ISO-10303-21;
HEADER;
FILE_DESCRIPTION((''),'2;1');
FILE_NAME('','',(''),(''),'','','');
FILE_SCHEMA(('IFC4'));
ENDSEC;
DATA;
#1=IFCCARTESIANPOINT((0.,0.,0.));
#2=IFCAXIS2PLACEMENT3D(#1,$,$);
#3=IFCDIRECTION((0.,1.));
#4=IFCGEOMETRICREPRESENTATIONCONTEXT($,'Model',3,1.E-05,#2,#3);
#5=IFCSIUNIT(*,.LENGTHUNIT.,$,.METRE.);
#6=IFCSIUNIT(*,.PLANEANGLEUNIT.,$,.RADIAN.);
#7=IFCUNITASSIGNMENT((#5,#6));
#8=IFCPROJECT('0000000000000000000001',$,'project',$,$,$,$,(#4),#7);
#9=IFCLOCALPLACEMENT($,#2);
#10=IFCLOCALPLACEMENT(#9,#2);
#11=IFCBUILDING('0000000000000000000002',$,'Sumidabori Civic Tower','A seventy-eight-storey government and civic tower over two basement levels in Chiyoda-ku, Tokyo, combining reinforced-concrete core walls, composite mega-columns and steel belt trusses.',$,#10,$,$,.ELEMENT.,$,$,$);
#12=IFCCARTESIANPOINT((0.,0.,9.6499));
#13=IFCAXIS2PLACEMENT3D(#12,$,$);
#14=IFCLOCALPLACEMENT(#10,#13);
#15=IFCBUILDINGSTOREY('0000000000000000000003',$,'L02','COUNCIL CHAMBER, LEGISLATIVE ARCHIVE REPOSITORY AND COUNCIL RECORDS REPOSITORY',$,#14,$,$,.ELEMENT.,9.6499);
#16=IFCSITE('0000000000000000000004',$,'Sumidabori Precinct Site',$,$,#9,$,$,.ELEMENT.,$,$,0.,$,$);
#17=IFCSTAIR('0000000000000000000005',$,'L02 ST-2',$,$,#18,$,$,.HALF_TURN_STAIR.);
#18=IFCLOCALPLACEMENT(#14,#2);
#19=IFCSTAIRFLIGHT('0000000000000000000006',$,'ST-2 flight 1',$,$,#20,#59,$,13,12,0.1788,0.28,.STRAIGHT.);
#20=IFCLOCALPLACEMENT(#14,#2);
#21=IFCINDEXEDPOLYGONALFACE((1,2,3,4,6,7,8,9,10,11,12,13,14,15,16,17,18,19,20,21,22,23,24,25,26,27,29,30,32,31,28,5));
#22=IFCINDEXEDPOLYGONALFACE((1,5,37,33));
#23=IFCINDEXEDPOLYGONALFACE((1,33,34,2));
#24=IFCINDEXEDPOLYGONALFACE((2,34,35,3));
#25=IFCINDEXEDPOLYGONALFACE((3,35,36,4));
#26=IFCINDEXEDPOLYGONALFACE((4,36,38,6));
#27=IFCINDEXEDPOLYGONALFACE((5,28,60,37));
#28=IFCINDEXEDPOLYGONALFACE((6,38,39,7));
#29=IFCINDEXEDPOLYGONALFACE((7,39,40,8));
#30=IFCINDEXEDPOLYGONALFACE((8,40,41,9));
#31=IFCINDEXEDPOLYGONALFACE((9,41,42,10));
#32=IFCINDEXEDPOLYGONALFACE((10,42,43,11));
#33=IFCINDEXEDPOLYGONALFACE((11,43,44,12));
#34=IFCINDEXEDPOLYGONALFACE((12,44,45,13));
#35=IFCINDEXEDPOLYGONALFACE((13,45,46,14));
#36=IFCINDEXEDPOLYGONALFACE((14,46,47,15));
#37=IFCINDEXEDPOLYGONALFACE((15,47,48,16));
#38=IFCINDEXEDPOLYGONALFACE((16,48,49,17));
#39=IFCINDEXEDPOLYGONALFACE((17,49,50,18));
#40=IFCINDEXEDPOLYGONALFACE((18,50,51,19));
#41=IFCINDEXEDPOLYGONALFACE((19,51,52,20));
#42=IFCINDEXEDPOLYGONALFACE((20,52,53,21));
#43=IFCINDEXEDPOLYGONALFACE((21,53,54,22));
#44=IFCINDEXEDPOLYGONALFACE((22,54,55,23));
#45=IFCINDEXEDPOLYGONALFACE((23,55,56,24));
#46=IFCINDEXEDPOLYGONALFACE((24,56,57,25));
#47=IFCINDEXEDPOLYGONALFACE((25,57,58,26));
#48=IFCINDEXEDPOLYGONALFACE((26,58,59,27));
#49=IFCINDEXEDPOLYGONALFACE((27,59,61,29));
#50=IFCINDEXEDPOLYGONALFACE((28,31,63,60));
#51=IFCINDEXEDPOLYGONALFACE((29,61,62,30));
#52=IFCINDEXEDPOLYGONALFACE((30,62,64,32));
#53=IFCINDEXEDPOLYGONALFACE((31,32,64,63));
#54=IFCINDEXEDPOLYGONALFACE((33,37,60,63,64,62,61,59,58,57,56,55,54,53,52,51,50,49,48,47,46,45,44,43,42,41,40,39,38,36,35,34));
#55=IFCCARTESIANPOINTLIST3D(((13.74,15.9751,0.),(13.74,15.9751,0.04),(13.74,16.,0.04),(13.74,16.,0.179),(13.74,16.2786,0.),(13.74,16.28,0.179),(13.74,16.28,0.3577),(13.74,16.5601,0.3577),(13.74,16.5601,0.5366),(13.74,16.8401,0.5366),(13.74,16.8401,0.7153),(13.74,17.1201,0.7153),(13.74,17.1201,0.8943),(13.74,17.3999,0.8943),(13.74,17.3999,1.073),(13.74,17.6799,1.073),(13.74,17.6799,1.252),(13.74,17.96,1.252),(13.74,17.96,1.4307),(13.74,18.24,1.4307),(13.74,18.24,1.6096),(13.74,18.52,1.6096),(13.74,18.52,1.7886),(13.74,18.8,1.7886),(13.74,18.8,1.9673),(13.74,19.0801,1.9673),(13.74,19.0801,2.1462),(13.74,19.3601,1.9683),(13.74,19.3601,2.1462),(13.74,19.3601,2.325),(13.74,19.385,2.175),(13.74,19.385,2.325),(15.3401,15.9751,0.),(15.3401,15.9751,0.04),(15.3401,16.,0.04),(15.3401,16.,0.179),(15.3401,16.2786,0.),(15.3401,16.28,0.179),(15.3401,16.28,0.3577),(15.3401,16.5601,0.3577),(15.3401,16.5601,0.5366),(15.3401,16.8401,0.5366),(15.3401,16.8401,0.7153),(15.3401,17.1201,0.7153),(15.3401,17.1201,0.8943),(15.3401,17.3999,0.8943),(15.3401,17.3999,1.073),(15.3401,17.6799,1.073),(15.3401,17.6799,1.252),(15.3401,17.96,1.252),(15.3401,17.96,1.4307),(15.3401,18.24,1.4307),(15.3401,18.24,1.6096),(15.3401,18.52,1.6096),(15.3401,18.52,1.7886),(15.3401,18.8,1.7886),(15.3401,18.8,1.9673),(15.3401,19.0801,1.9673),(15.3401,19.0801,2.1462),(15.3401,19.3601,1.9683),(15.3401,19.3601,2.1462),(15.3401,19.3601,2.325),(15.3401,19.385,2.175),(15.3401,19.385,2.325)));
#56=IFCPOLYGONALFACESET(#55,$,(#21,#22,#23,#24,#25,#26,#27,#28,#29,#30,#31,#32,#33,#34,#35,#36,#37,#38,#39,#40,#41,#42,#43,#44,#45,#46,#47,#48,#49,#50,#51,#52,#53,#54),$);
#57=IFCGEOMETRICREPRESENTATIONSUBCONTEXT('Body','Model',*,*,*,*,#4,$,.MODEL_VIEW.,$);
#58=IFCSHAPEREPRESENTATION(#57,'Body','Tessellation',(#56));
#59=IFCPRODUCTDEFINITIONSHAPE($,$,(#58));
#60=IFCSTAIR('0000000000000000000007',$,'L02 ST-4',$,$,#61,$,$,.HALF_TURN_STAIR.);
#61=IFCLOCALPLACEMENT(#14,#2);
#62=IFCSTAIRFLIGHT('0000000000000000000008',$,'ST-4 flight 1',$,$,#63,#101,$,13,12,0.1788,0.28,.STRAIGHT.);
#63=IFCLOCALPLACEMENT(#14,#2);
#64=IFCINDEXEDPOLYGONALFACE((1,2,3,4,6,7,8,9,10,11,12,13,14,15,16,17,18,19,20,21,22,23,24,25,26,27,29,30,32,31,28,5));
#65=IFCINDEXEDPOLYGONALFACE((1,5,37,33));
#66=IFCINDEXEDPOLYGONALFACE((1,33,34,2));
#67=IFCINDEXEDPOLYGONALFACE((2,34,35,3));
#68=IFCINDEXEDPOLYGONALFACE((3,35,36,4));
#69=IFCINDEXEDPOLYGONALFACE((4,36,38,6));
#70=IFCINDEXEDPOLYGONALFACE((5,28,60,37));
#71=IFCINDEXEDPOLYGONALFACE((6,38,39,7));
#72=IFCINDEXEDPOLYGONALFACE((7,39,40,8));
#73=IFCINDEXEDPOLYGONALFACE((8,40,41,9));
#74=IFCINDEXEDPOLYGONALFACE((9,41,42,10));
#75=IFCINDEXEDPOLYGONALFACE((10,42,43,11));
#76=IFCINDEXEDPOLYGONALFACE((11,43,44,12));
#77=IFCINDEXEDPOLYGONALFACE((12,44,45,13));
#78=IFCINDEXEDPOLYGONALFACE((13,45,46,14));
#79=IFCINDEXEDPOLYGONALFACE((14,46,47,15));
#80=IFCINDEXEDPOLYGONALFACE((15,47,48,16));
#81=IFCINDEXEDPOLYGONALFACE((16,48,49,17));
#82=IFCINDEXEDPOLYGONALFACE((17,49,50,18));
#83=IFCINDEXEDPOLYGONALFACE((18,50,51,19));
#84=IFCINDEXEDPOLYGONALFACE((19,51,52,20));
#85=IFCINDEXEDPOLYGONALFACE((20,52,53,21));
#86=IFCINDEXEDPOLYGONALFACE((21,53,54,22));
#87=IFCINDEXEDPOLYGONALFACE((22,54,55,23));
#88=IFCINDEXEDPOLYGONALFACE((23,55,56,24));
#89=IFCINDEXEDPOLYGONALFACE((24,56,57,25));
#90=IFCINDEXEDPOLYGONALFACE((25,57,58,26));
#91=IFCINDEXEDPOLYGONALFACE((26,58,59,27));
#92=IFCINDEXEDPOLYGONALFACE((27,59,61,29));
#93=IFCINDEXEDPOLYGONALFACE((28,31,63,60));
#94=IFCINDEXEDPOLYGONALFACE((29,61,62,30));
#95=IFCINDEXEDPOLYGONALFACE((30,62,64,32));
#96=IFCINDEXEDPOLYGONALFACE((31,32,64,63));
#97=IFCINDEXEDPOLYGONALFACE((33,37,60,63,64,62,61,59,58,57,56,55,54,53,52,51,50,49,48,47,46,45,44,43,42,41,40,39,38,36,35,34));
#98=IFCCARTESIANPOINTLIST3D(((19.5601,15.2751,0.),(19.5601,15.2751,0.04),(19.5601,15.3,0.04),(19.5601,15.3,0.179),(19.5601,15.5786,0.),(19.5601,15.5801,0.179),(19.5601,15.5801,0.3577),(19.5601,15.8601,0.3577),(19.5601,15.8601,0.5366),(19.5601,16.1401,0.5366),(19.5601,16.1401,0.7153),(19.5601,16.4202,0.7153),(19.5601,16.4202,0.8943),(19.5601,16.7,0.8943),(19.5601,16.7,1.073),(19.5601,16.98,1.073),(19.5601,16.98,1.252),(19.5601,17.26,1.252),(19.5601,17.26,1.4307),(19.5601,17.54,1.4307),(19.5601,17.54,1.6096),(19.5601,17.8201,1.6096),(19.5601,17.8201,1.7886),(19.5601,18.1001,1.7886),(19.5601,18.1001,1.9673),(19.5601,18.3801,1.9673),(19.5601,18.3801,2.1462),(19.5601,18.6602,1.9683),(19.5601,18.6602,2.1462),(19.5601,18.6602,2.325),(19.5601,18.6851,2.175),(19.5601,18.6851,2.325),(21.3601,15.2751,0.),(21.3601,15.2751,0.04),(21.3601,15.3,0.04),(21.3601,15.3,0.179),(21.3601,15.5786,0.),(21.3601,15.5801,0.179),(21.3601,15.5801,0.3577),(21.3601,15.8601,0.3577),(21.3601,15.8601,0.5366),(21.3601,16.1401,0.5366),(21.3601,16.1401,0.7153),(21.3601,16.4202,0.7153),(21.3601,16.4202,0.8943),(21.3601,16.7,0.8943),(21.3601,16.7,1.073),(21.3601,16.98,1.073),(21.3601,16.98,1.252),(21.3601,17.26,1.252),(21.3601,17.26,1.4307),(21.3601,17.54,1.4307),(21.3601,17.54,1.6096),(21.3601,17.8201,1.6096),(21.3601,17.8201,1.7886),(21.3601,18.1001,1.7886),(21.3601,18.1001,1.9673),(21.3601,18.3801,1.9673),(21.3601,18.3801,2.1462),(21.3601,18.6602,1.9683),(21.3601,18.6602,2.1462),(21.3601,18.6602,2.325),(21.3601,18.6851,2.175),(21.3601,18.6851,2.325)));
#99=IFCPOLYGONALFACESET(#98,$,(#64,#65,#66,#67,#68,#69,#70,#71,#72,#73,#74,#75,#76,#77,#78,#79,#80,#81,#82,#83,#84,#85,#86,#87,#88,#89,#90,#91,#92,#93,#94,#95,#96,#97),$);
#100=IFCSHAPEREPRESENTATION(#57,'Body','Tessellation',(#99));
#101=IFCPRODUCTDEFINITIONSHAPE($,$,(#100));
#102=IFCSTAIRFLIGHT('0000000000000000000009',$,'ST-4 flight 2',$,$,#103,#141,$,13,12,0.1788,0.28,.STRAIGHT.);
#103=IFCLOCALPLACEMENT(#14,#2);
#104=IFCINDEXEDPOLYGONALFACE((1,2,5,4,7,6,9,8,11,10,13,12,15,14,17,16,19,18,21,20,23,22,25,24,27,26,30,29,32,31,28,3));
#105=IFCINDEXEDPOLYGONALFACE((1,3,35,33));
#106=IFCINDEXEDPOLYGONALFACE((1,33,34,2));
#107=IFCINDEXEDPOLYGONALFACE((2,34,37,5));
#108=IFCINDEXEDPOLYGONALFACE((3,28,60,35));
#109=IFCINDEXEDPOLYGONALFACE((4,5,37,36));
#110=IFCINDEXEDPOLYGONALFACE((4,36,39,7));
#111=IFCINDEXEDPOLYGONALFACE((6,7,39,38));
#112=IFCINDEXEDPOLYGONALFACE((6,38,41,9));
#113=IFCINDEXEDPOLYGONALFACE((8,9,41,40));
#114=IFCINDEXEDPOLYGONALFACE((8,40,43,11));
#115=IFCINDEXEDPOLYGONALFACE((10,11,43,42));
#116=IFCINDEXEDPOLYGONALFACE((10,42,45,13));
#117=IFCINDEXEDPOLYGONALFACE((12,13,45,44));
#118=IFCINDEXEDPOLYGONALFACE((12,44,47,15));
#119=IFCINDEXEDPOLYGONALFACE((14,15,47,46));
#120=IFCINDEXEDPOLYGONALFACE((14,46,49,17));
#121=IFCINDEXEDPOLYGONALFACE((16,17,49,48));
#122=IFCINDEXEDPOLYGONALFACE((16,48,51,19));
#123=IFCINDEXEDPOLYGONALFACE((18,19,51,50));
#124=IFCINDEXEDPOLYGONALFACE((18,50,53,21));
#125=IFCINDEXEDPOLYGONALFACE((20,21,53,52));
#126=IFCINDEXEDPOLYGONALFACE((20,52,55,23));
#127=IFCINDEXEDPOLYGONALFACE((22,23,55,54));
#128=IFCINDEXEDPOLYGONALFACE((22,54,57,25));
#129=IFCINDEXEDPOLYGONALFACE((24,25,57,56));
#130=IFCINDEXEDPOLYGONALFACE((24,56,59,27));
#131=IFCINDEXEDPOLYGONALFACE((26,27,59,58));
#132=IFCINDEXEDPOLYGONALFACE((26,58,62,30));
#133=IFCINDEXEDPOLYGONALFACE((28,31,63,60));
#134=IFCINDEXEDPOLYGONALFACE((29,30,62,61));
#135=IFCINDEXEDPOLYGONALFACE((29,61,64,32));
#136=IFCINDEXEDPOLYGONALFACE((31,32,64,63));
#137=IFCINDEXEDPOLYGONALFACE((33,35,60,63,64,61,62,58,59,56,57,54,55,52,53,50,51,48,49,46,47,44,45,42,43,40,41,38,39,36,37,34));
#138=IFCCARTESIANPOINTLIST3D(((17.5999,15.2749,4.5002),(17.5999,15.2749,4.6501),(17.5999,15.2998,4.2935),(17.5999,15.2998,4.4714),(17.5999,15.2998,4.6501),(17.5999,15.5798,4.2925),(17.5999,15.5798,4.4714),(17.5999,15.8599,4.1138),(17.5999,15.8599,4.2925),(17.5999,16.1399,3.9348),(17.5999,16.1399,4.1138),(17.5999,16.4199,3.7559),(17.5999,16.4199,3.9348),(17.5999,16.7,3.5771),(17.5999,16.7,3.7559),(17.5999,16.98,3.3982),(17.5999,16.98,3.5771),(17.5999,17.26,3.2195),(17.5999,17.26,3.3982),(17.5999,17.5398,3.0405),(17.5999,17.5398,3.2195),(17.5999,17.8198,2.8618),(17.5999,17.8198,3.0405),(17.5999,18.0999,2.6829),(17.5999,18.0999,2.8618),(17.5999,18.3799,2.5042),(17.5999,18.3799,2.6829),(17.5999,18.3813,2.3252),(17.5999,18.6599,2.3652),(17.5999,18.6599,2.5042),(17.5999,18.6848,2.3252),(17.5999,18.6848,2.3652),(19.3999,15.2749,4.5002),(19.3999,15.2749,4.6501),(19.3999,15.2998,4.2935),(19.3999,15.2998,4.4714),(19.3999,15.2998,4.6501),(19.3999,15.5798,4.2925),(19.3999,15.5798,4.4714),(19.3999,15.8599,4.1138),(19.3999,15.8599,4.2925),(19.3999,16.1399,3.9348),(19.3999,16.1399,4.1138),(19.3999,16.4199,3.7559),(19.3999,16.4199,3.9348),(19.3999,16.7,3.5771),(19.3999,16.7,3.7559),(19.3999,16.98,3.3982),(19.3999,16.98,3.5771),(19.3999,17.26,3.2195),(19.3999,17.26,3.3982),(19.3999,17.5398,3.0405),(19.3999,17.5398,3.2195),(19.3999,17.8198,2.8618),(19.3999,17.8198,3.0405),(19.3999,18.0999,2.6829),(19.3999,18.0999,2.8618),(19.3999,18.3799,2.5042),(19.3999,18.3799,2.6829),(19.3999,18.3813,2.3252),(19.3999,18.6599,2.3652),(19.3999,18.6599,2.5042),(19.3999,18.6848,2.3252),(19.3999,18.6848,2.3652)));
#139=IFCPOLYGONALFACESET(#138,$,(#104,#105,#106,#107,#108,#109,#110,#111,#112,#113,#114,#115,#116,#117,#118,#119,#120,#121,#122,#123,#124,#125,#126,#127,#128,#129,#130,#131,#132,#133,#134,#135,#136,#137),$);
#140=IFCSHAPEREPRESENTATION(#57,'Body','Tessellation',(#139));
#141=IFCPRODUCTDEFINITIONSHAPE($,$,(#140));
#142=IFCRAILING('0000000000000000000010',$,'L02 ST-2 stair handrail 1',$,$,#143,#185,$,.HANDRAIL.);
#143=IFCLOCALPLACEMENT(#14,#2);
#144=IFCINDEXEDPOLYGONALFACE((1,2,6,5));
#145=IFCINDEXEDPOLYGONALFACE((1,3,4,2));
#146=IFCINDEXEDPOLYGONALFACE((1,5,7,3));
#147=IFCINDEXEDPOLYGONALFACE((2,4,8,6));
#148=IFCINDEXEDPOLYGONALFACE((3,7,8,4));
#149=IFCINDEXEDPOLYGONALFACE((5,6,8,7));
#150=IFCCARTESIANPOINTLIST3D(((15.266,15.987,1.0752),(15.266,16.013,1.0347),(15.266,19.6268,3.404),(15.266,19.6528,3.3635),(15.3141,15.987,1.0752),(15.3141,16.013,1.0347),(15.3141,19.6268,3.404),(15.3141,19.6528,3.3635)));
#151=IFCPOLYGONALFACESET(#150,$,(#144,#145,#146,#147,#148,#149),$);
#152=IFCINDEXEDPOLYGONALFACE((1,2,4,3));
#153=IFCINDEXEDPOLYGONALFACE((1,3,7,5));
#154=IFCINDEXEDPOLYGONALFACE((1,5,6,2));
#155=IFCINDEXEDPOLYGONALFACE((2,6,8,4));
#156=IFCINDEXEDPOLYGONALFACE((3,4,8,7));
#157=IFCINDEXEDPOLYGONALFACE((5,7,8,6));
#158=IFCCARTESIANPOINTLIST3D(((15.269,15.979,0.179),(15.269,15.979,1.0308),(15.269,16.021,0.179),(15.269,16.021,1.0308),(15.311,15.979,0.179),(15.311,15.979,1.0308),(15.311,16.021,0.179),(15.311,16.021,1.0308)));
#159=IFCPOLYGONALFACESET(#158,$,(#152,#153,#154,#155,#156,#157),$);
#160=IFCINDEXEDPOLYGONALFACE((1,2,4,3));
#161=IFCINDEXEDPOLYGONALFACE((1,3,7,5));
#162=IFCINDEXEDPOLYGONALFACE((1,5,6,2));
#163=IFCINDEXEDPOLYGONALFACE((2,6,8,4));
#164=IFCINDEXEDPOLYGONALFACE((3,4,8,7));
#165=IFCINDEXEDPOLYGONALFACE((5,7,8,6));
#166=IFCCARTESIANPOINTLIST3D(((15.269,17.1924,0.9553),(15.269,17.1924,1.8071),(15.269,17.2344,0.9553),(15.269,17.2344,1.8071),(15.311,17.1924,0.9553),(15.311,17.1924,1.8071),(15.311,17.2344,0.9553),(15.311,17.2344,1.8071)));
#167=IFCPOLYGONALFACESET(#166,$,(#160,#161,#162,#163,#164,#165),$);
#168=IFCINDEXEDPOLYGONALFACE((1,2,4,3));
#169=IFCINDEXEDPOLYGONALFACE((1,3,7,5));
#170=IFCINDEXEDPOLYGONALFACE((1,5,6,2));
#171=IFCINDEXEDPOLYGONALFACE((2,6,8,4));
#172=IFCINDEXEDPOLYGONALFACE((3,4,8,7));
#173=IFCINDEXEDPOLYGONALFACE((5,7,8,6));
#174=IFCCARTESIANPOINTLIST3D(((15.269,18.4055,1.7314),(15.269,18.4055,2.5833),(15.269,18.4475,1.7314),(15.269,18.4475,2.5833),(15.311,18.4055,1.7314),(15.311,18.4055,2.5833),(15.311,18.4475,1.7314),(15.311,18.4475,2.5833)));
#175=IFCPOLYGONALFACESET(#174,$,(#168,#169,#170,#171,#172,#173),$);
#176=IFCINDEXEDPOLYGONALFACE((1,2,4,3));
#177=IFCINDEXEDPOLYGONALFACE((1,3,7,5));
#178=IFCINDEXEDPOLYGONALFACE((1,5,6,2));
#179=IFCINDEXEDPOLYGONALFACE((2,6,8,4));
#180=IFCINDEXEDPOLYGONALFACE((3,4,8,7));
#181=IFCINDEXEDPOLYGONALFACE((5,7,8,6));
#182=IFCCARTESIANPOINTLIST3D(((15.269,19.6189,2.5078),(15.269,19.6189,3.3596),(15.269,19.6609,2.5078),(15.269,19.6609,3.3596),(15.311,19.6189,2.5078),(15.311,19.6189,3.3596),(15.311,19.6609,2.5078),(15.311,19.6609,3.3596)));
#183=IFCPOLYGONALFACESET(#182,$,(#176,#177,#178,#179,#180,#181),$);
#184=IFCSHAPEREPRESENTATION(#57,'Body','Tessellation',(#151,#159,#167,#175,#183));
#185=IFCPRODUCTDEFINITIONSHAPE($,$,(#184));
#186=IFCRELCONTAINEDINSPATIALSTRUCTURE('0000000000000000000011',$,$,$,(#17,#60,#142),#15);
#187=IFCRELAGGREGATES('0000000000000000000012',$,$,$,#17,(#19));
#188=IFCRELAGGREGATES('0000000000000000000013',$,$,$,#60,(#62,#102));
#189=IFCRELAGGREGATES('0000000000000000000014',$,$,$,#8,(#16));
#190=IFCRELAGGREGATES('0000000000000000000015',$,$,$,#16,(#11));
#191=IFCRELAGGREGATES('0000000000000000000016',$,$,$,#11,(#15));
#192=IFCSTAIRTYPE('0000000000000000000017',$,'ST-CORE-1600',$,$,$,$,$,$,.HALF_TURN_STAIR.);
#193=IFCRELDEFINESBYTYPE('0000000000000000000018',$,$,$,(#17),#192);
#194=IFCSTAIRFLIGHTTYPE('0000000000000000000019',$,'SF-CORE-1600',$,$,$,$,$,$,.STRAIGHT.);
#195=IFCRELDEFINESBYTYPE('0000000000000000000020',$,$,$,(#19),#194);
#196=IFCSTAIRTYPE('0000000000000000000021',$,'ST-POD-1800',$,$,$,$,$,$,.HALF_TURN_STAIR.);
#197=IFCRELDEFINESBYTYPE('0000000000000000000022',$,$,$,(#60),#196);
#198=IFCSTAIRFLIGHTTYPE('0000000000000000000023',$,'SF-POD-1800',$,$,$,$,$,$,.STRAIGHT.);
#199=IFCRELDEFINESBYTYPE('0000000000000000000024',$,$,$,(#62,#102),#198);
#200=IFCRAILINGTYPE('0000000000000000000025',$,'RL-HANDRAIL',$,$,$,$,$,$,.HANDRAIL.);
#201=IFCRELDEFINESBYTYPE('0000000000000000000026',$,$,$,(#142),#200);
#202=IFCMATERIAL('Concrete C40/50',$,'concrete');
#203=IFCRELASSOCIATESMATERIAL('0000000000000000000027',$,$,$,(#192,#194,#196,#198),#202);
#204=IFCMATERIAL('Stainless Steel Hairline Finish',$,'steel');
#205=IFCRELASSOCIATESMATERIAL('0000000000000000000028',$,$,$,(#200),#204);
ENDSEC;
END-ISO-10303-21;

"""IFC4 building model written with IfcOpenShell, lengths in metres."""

from ifc_helpers import new_model, si_unit, direction, frame, origin, origin_2d, place, context, subcontext, project, spatial, polyline, rectangle, outline, extrude, source, transform, mapped, material, type_object, element, aggregate, save


model = new_model("IFC4")

# Units and contexts
model_context = context("Model", 3, precision=1e-05, world=origin(), true_north=direction((0.0, 1.0)))
body_context = subcontext(model_context, "Body", "Model", "MODEL_VIEW")
ifc_project = project(units=[si_unit("LENGTHUNIT", "METRE"), si_unit("PLANEANGLEUNIT", "RADIAN")], contexts=[model_context])

# Site, building, storey
site_placement = place(None, origin())
site = spatial("IfcSite", under=ifc_project, at=site_placement, Name="Sumidabori Precinct Site", CompositionType="ELEMENT", RefElevation=0.0)
building_placement = place(site_placement, origin())
building = spatial("IfcBuilding", under=site, at=building_placement, Name="Sumidabori Civic Tower", Description="A seventy-eight-storey government and civic tower over two basement levels in Chiyoda-ku, Tokyo, combining reinforced-concrete core walls, composite mega-columns and steel belt trusses.", CompositionType="ELEMENT")
storey_placement = place(building_placement, frame((0.0, 0.0, 9.6499)))
storey = spatial("IfcBuildingStorey", under=building, at=storey_placement, Name="L02", Description="COUNCIL CHAMBER, LEGISLATIVE ARCHIVE REPOSITORY AND COUNCIL RECORDS REPOSITORY", CompositionType="ELEMENT", Elevation=9.6499)

# Stair, stair flight
ifc_material_1 = material(Name="Concrete C40/50", Category="concrete")
stair_type_1 = type_object("IfcStairType", Name="ST-CORE-1600", PredefinedType="HALF_TURN_STAIR", material=ifc_material_1)
stair_1_placement = place(storey_placement, origin())
stair_1 = element("IfcStair", 1, at=stair_1_placement, inside=storey, type_object=stair_type_1, Name="L02 ST-2", PredefinedType="HALF_TURN_STAIR")
stair_flight_type_1 = type_object("IfcStairFlightType", Name="SF-CORE-1600", PredefinedType="STRAIGHT", material=ifc_material_1)
shared_shape_1 = source(origin(), body_context, "Body", "SweptSolid", [
    extrude(outline(polyline([(-0.0249, 0.0), (-0.0249, 0.04), (0.0, 0.04), (0.0, 0.179), (0.28, 0.179), (0.28, 0.3577), (0.5601, 0.3577), (0.5601, 0.5366), (0.8401, 0.5366), (0.8401, 0.7153), (1.1201, 0.7153), (1.1201, 0.8943), (1.3999, 0.8943), (1.3999, 1.073), (1.6799, 1.073), (1.6799, 1.252), (1.96, 1.252), (1.96, 1.4307), (2.24, 1.4307), (2.24, 1.6096), (2.52, 1.6096), (2.52, 1.7886), (2.8, 1.7886), (2.8, 1.9673), (3.0801, 1.9673), (3.0801, 2.1462), (3.3601, 2.1462), (3.3601, 2.325), (3.385, 2.325), (3.385, 2.175), (3.3601, 1.9683), (0.2786, 0.0), (-0.0249, 0.0)])), frame((0.0, 0.8, 0.0), z_axis=(0.0, -1.0, 0.0), x_axis=(1.0, 0.0, 0.0)), (0.0, 0.0, 1.0), 1.6001),
])
stair_flight_1_placement = place(storey_placement, frame((14.54, 16.0, 0.0), z_axis=(0.0, 0.0, 1.0), x_axis=(0.0, 1.0, 0.0)))
stair_flight_1 = element("IfcStairFlight", 2, at=stair_flight_1_placement, type_object=stair_flight_type_1, Name="ST-2 flight 1", NumberOfRisers=13, NumberOfTreads=12, PredefinedType="STRAIGHT", RiserHeight=0.1788, TreadLength=0.28, context=body_context, shape_type="MappedRepresentation", body=[
    mapped(shared_shape_1, transform((0.0, 0.0, 0.0), x_axis=(1.0, 0.0, 0.0), y_axis=(0.0, 1.0, 0.0), z_axis=(0.0, 0.0, 1.0), scale=1.0)),
])
aggregate(stair_1, [stair_flight_1])

# Stair, stair flights
stair_type_2 = type_object("IfcStairType", Name="ST-POD-1800", PredefinedType="HALF_TURN_STAIR", material=ifc_material_1)
stair_2_placement = place(storey_placement, origin())
stair_2 = element("IfcStair", 3, at=stair_2_placement, inside=storey, type_object=stair_type_2, Name="L02 ST-4", PredefinedType="HALF_TURN_STAIR")
stair_flight_type_2 = type_object("IfcStairFlightType", Name="SF-POD-1800", PredefinedType="STRAIGHT", material=ifc_material_1)
shared_shape_2 = source(origin(), body_context, "Body", "SweptSolid", [
    extrude(outline(polyline([(-0.0249, 0.0), (-0.0249, 0.04), (0.0, 0.04), (0.0, 0.179), (0.28, 0.179), (0.28, 0.3577), (0.5601, 0.3577), (0.5601, 0.5366), (0.8401, 0.5366), (0.8401, 0.7153), (1.1201, 0.7153), (1.1201, 0.8943), (1.3999, 0.8943), (1.3999, 1.073), (1.6799, 1.073), (1.6799, 1.252), (1.96, 1.252), (1.96, 1.4307), (2.24, 1.4307), (2.24, 1.6096), (2.52, 1.6096), (2.52, 1.7886), (2.8, 1.7886), (2.8, 1.9673), (3.0801, 1.9673), (3.0801, 2.1462), (3.3601, 2.1462), (3.3601, 2.325), (3.385, 2.325), (3.385, 2.175), (3.3601, 1.9683), (0.2786, 0.0), (-0.0249, 0.0)])), frame((0.0, 0.8999, 0.0), z_axis=(0.0, -1.0, 0.0), x_axis=(1.0, 0.0, 0.0)), (0.0, 0.0, 1.0), 1.8),
])
stair_flight_2_placement = place(storey_placement, frame((20.46, 15.3, 0.0), z_axis=(0.0, 0.0, 1.0), x_axis=(0.0, 1.0, 0.0)))
stair_flight_2 = element("IfcStairFlight", 4, at=stair_flight_2_placement, type_object=stair_flight_type_2, Name="ST-4 flight 1", NumberOfRisers=13, NumberOfTreads=12, PredefinedType="STRAIGHT", RiserHeight=0.1788, TreadLength=0.28, context=body_context, shape_type="MappedRepresentation", body=[
    mapped(shared_shape_2, transform((0.0, 0.0, 0.0), x_axis=(1.0, 0.0, 0.0), y_axis=(0.0, 1.0, 0.0), z_axis=(0.0, 0.0, 1.0), scale=1.0)),
])
stair_flight_3_placement = place(storey_placement, frame((18.5, 18.6599, 2.3252), z_axis=(0.0, 0.0, 1.0), x_axis=(0.0, -1.0, 0.0)))
stair_flight_3 = element("IfcStairFlight", 5, at=stair_flight_3_placement, type_object=stair_flight_type_2, Name="ST-4 flight 2", NumberOfRisers=13, NumberOfTreads=12, PredefinedType="STRAIGHT", RiserHeight=0.1788, TreadLength=0.28, context=body_context, shape_type="MappedRepresentation", body=[
    mapped(shared_shape_2, transform((0.0, 0.0, 0.0), x_axis=(1.0, 0.0, 0.0), y_axis=(0.0, 1.0, 0.0), z_axis=(0.0, 0.0, 1.0), scale=1.0)),
])
aggregate(stair_2, [stair_flight_2, stair_flight_3])

# Railing
ifc_material_2 = material(Name="Stainless Steel Hairline Finish", Category="steel")
railing_type_1 = type_object("IfcRailingType", Name="RL-HANDRAIL", PredefinedType="HANDRAIL", material=ifc_material_2)
for number, where, name in (
    (6, (15.29, 16.0, 0.179), "L02 ST-2 stair handrail 1"),
):
    element("IfcRailing", number, at=place(storey_placement, frame(where)), inside=storey, type_object=railing_type_1, Name=name, PredefinedType="HANDRAIL", context=body_context, shape_type="SweptSolid", body=[
        extrude(rectangle(XDim=0.0481, YDim=0.0481, at=origin_2d()), frame((0.0, 0.0, 0.876), z_axis=(0.0, 0.842342, 0.538943), x_axis=(-1.0, 0.0, 0.0)), (0.0, 0.0, 1.0), 4.321),
        extrude(rectangle(XDim=0.042, YDim=0.042, at=origin_2d()), origin(), (0.0, 0.0, 1.0), 0.8518),
        extrude(rectangle(XDim=0.042, YDim=0.042, at=origin_2d()), frame((0.0, 1.2134, 0.7764)), (0.0, 0.0, 1.0), 0.8518),
        extrude(rectangle(XDim=0.042, YDim=0.042, at=origin_2d()), frame((0.0, 2.4265, 1.5525)), (0.0, 0.0, 1.0), 0.8518),
        extrude(rectangle(XDim=0.042, YDim=0.042, at=origin_2d()), frame((0.0, 3.6399, 2.3289)), (0.0, 0.0, 1.0), 0.8518),
    ])

save(model, "model.ifc")
